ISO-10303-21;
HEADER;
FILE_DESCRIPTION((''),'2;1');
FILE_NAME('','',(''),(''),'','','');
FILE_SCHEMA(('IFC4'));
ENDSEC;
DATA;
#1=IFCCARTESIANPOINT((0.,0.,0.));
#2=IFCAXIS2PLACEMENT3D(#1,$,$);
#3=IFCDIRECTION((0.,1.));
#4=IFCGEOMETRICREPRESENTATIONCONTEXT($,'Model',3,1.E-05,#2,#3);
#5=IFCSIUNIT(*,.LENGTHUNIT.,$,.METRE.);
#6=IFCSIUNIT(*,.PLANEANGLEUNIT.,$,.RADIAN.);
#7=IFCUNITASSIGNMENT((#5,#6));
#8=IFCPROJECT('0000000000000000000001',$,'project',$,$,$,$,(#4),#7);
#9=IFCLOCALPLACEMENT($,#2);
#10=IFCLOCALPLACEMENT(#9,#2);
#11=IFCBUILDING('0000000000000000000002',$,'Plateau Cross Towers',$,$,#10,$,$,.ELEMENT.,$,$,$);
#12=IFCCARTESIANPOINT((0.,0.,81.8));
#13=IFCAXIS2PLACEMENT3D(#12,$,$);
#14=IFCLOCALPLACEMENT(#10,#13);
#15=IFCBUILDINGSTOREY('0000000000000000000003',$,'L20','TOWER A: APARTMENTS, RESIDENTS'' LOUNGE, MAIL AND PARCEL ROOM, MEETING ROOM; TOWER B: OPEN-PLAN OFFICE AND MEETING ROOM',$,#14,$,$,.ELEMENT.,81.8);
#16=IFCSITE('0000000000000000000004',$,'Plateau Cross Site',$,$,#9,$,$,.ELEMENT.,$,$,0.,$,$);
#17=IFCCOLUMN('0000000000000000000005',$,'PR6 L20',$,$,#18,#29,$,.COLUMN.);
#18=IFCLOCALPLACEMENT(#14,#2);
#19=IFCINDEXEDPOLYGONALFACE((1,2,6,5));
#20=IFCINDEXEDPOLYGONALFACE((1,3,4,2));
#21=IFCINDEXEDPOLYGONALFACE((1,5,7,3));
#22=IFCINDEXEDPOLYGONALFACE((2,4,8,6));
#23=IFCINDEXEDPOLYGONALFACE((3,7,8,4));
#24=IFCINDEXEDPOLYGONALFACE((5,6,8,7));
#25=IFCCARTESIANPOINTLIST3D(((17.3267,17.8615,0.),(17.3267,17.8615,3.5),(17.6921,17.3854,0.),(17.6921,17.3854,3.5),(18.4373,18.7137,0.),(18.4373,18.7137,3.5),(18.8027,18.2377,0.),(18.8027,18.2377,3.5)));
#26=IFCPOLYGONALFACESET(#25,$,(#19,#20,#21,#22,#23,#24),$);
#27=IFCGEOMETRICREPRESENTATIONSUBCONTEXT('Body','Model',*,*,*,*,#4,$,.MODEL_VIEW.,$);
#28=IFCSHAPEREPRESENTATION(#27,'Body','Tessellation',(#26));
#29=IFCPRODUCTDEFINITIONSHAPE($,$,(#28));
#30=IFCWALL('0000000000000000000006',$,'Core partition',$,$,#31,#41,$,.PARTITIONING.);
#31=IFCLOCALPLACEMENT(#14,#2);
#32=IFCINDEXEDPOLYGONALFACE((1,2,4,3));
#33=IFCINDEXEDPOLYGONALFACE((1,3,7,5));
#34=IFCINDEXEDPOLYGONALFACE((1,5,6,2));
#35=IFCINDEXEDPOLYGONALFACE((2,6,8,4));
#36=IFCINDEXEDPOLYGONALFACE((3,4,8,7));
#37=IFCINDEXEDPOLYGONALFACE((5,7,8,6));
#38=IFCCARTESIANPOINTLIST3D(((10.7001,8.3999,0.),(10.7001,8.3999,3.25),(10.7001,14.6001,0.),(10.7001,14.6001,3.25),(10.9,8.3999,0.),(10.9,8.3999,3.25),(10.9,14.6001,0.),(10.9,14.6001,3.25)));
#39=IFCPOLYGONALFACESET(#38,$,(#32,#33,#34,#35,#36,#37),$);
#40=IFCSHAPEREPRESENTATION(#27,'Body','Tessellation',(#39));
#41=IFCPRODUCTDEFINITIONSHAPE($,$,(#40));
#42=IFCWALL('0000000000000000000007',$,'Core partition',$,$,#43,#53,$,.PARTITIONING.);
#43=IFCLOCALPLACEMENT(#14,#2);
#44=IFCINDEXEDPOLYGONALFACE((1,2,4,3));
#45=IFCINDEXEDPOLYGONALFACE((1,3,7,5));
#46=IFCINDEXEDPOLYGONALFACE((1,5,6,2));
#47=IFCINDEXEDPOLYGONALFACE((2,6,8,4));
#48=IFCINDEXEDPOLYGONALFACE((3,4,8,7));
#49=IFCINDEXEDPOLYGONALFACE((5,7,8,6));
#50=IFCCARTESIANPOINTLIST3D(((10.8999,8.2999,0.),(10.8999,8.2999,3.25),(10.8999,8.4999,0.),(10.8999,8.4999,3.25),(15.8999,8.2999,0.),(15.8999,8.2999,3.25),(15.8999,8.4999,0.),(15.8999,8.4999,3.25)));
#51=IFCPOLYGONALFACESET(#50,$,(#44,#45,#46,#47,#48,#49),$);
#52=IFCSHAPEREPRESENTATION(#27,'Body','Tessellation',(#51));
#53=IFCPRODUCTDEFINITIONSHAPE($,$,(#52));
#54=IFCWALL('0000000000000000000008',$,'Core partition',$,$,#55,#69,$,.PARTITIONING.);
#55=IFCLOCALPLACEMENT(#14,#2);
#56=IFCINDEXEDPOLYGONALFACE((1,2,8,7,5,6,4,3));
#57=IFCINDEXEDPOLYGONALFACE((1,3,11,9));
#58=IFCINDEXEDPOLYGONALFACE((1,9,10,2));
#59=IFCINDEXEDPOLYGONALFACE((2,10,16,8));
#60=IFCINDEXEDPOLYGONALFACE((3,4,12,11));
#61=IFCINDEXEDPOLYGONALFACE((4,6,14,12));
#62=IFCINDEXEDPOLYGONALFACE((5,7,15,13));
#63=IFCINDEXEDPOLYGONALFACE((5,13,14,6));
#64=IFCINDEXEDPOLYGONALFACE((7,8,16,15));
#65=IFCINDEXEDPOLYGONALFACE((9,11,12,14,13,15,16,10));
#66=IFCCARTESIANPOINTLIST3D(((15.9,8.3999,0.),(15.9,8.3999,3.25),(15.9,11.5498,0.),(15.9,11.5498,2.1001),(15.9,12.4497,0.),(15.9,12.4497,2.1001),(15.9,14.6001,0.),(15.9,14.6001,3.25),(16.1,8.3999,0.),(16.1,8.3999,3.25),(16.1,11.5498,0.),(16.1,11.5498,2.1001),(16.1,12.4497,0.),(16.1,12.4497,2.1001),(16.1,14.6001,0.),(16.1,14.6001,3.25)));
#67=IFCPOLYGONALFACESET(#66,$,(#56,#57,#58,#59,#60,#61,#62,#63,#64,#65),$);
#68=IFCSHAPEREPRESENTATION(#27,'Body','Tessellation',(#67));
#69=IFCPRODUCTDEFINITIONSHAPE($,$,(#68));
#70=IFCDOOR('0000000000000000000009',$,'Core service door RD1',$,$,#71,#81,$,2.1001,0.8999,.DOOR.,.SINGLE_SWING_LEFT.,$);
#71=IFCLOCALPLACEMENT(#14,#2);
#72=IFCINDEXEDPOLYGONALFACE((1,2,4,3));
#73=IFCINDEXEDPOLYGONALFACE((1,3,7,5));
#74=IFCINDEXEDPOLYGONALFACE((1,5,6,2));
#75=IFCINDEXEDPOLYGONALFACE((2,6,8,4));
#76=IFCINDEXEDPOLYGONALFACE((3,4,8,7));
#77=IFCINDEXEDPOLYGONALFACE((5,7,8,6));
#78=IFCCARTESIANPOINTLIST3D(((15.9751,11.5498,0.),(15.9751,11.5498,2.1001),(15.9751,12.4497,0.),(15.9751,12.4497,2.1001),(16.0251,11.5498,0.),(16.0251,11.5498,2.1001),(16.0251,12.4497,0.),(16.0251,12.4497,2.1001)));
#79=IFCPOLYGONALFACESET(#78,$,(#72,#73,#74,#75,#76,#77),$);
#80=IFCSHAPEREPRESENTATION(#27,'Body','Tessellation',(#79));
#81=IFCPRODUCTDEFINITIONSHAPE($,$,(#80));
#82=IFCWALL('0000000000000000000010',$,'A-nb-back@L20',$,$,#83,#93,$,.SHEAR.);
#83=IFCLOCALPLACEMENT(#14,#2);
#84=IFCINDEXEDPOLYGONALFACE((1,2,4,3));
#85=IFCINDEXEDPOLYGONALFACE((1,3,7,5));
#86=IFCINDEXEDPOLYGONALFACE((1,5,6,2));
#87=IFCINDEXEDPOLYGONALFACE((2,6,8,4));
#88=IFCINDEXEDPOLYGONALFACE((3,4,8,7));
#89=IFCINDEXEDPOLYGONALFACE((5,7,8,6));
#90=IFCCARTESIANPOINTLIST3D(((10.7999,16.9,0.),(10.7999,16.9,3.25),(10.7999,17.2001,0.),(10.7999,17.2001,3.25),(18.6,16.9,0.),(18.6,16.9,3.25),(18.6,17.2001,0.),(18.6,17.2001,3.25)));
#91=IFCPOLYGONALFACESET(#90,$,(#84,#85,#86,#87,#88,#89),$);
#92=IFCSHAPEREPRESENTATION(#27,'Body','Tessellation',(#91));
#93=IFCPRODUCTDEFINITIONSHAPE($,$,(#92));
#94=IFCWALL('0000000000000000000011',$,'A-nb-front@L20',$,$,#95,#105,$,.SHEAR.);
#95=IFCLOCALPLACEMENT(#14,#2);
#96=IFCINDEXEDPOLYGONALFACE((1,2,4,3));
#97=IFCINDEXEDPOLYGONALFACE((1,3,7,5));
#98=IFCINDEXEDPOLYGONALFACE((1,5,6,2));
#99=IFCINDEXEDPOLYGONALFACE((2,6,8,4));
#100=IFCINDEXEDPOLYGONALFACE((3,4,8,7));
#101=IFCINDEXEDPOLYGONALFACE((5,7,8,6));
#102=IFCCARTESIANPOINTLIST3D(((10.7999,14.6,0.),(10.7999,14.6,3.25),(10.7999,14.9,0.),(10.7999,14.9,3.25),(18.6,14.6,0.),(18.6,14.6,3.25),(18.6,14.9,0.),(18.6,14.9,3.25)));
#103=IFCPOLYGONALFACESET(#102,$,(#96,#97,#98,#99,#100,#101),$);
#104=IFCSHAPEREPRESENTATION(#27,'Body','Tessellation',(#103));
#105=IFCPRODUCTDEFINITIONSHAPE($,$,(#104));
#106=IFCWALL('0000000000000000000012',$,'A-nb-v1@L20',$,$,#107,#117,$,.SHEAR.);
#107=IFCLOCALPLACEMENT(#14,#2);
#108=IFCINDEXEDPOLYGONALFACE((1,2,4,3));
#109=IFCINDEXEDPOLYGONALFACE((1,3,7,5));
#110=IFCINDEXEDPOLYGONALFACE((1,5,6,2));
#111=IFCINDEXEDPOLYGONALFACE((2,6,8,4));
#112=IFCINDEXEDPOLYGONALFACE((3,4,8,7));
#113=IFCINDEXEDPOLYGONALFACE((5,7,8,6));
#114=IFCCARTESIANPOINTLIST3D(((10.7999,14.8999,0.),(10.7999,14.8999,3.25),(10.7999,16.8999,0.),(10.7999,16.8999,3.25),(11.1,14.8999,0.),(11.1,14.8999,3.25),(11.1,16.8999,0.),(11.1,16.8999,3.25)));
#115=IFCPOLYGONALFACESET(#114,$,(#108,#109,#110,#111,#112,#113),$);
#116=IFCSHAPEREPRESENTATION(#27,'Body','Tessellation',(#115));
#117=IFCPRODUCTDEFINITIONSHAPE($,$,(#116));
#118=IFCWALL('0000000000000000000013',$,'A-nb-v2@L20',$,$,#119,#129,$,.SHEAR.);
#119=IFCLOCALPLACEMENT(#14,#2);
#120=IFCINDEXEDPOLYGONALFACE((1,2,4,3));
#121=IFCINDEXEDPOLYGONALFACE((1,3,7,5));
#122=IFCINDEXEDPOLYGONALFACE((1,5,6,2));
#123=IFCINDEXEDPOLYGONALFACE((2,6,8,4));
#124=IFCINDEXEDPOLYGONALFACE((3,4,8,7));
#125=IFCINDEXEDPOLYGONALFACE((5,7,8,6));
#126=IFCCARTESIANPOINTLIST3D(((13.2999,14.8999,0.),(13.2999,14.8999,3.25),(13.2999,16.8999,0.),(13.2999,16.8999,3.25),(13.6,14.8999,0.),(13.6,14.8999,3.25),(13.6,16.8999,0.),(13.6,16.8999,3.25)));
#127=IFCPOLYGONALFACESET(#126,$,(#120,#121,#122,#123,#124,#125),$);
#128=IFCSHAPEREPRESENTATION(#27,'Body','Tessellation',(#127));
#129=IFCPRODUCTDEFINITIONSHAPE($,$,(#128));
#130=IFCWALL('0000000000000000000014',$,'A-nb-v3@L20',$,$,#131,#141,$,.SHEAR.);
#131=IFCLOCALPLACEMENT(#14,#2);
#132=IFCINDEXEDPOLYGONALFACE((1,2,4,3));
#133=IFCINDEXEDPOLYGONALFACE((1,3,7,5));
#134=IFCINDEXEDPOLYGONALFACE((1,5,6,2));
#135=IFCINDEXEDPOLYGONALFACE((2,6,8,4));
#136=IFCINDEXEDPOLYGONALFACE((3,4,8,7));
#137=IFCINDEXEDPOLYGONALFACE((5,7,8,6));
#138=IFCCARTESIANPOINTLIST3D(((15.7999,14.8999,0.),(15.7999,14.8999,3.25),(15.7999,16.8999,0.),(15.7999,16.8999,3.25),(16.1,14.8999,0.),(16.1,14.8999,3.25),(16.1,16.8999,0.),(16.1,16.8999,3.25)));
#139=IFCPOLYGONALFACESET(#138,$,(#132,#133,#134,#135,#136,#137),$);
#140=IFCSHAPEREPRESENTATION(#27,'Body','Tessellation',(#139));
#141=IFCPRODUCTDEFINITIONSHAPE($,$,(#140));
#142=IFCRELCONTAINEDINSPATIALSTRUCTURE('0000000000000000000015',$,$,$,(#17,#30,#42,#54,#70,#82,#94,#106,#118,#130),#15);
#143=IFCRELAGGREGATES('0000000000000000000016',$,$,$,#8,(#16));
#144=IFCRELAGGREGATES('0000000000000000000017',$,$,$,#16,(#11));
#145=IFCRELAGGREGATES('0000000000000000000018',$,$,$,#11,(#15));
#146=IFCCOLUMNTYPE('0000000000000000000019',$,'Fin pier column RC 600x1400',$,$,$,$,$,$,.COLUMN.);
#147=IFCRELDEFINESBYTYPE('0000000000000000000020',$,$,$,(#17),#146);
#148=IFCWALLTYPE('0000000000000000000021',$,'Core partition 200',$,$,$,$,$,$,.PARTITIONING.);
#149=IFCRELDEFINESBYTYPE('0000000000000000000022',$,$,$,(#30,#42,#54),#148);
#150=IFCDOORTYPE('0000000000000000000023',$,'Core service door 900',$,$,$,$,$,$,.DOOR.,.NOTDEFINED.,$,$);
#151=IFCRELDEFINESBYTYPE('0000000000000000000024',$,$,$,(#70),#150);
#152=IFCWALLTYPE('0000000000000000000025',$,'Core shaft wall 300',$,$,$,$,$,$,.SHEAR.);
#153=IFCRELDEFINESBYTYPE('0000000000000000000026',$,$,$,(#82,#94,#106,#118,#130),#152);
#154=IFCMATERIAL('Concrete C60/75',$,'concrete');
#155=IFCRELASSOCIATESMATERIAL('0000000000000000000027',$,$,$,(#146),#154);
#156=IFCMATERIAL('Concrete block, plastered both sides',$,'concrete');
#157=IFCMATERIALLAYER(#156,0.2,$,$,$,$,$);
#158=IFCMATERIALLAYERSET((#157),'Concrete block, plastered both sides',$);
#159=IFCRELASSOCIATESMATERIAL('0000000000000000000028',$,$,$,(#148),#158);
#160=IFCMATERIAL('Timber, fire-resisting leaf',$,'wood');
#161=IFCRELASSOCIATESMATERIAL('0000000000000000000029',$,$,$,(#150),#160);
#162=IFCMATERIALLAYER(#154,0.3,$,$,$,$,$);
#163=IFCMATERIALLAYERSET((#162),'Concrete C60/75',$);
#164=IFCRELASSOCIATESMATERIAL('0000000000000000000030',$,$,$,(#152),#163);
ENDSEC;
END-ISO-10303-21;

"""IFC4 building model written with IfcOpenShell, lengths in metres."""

from ifc_helpers import new_model, si_unit, direction, frame, frame_2d, origin, origin_2d, place, context, subcontext, project, spatial, rectangle, extrude, material, layer, layer_set, material_profile, profile_set, type_object, element, fill, save


model = new_model("IFC4")

# Units and contexts
model_context = context("Model", 3, precision=1e-05, world=origin(), true_north=direction((0.0, 1.0)))
body_context = subcontext(model_context, "Body", "Model", "MODEL_VIEW")
ifc_project = project(units=[si_unit("LENGTHUNIT", "METRE"), si_unit("PLANEANGLEUNIT", "RADIAN")], contexts=[model_context])

# Site, building, storey
site_placement = place(None, origin())
site = spatial("IfcSite", under=ifc_project, at=site_placement, Name="Plateau Cross Site", CompositionType="ELEMENT", RefElevation=0.0)
building_placement = place(site_placement, origin())
building = spatial("IfcBuilding", under=site, at=building_placement, Name="Plateau Cross Towers", CompositionType="ELEMENT")
storey_placement = place(building_placement, frame((0.0, 0.0, 81.8)))
storey = spatial("IfcBuildingStorey", under=building, at=storey_placement, Name="L20", Description="TOWER A: APARTMENTS, RESIDENTS' LOUNGE, MAIL AND PARCEL ROOM, MEETING ROOM; TOWER B: OPEN-PLAN OFFICE AND MEETING ROOM", CompositionType="ELEMENT", Elevation=81.8)

# Column
ifc_material_1 = material(Name="Concrete C60/75", Category="concrete")
ifc_material_profile = material_profile(ifc_material_1, rectangle(XDim=0.6001, YDim=1.3999, at=origin_2d()), Name="RC 600x1400")
ifc_profile_set = profile_set([ifc_material_profile], Name="Concrete C60/75")
column_type = type_object("IfcColumnType", Name="Fin pier column RC 600x1400", PredefinedType="COLUMN", material=ifc_profile_set)
column_placement = place(storey_placement, frame((18.0647, 18.0496, 0.0), z_axis=(0.0, 0.0, 1.0), x_axis=(-0.608811, 0.793315, 0.0)))
element("IfcColumn", 1, at=column_placement, inside=storey, type_object=column_type, Name="PR6 L20", PredefinedType="COLUMN", context=body_context, shape_type="SweptSolid", body=[
    extrude(rectangle(XDim=0.6001, YDim=1.3999, at=origin_2d()), origin(), (0.0, 0.0, 1.0), 3.5),
])

# Walls
ifc_material_2 = material(Name="Concrete block, plastered both sides", Category="concrete")
ifc_layer_1 = layer(ifc_material_2, 0.2)
ifc_layer_set_1 = layer_set([ifc_layer_1], Name="Concrete block, plastered both sides")
wall_type_1 = type_object("IfcWallType", Name="Core partition 200", PredefinedType="PARTITIONING", material=ifc_layer_set_1)
wall_1_placement = place(storey_placement, frame((10.8, 8.3999, 0.0), z_axis=(0.0, 0.0, 1.0), x_axis=(0.0, 1.0, 0.0)))
element("IfcWall", 2, at=wall_1_placement, inside=storey, type_object=wall_type_1, Name="Core partition", PredefinedType="PARTITIONING", context=body_context, shape_type="SweptSolid", body=[
    extrude(rectangle(XDim=6.2002, YDim=0.2, at=frame_2d((3.1001, 0.0))), origin(), (0.0, 0.0, 1.0), 3.25),
])
wall_2_placement = place(storey_placement, frame((10.8999, 8.3999, 0.0), z_axis=(0.0, 0.0, 1.0), x_axis=(1.0, 0.0, 0.0)))
element("IfcWall", 3, at=wall_2_placement, inside=storey, type_object=wall_type_1, Name="Core partition", PredefinedType="PARTITIONING", context=body_context, shape_type="SweptSolid", body=[
    extrude(rectangle(XDim=5.0, YDim=0.2, at=frame_2d((2.5, 0.0))), origin(), (0.0, 0.0, 1.0), 3.25),
])

# Wall, opening, door
wall_3_placement = place(storey_placement, frame((16.0, 8.3999, 0.0), z_axis=(0.0, 0.0, 1.0), x_axis=(0.0, 1.0, 0.0)))
wall_3 = element("IfcWall", 4, at=wall_3_placement, inside=storey, type_object=wall_type_1, Name="Core partition", PredefinedType="PARTITIONING", context=body_context, shape_type="SweptSolid", body=[
    extrude(rectangle(XDim=6.2002, YDim=0.2, at=frame_2d((3.1001, 0.0))), origin(), (0.0, 0.0, 1.0), 3.25),
])
opening_1_placement = place(wall_3_placement, frame((3.1499, 0.0, 0.0)))
opening_1 = element("IfcOpeningElement", 5, at=opening_1_placement, cuts=wall_3, PredefinedType="OPENING", context=body_context, shape_type="SweptSolid", body=[
    extrude(rectangle(XDim=0.8999, YDim=2.1001, at=frame_2d((0.45, 1.05))), frame((0.0, 0.1099, 0.0), z_axis=(0.0, -1.0, 0.0), x_axis=(1.0, 0.0, 0.0)), (0.0, 0.0, 1.0), 0.22),
])
ifc_material_3 = material(Name="Timber, fire-resisting leaf", Category="wood")
door_type_1 = type_object("IfcDoorType", Name="Core service door 900", OperationType="NOTDEFINED", PredefinedType="DOOR", material=ifc_material_3)
door_1_placement = place(opening_1_placement, origin())
door_1 = element("IfcDoor", 6, at=door_1_placement, inside=storey, type_object=door_type_1, Name="Core service door RD1", OperationType="SINGLE_SWING_LEFT", OverallHeight=2.1001, OverallWidth=0.8999, PredefinedType="DOOR", context=body_context, shape_type="SweptSolid", body=[
    extrude(rectangle(XDim=0.8999, YDim=2.1001, at=frame_2d((0.45, 1.05))), frame((0.0, 0.0249, 0.0), z_axis=(0.0, -1.0, 0.0), x_axis=(1.0, 0.0, 0.0)), (0.0, 0.0, 1.0), 0.05),
])
fill(opening_1, door_1)

# Walls
ifc_layer_2 = layer(ifc_material_1, 0.3)
ifc_layer_set_2 = layer_set([ifc_layer_2], Name="Concrete C60/75")
wall_type_2 = type_object("IfcWallType", Name="Core shaft wall 300", PredefinedType="SHEAR", material=ifc_layer_set_2)
for number, where, z_axis, x_axis, name in (
    (7, (10.8, 17.05, 0.0), (0.0, 0.0, 1.0), (1.0, 0.0, 0.0), "A-nb-back@L20"),
    (8, (10.8, 14.75, 0.0), (0.0, 0.0, 1.0), (1.0, 0.0, 0.0), "A-nb-front@L20"),
):
    element("IfcWall", number, at=place(storey_placement, frame(where, z_axis=z_axis, x_axis=x_axis)), inside=storey, type_object=wall_type_2, Name=name, PredefinedType="SHEAR", context=body_context, shape_type="SweptSolid", body=[
        extrude(rectangle(XDim=7.8, YDim=0.3, at=frame_2d((3.8999, 0.0))), origin(), (0.0, 0.0, 1.0), 3.25),
    ])
for number, where, z_axis, x_axis, name in (
    (9, (10.95, 14.8999, 0.0), (0.0, 0.0, 1.0), (0.0, 1.0, 0.0), "A-nb-v1@L20"),
    (10, (13.45, 14.8999, 0.0), (0.0, 0.0, 1.0), (0.0, 1.0, 0.0), "A-nb-v2@L20"),
    (11, (15.95, 14.8999, 0.0), (0.0, 0.0, 1.0), (0.0, 1.0, 0.0), "A-nb-v3@L20"),
):
    element("IfcWall", number, at=place(storey_placement, frame(where, z_axis=z_axis, x_axis=x_axis)), inside=storey, type_object=wall_type_2, Name=name, PredefinedType="SHEAR", context=body_context, shape_type="SweptSolid", body=[
        extrude(rectangle(XDim=2.0, YDim=0.3, at=frame_2d((1.0, 0.0))), origin(), (0.0, 0.0, 1.0), 3.25),
    ])

save(model, "model.ifc")
